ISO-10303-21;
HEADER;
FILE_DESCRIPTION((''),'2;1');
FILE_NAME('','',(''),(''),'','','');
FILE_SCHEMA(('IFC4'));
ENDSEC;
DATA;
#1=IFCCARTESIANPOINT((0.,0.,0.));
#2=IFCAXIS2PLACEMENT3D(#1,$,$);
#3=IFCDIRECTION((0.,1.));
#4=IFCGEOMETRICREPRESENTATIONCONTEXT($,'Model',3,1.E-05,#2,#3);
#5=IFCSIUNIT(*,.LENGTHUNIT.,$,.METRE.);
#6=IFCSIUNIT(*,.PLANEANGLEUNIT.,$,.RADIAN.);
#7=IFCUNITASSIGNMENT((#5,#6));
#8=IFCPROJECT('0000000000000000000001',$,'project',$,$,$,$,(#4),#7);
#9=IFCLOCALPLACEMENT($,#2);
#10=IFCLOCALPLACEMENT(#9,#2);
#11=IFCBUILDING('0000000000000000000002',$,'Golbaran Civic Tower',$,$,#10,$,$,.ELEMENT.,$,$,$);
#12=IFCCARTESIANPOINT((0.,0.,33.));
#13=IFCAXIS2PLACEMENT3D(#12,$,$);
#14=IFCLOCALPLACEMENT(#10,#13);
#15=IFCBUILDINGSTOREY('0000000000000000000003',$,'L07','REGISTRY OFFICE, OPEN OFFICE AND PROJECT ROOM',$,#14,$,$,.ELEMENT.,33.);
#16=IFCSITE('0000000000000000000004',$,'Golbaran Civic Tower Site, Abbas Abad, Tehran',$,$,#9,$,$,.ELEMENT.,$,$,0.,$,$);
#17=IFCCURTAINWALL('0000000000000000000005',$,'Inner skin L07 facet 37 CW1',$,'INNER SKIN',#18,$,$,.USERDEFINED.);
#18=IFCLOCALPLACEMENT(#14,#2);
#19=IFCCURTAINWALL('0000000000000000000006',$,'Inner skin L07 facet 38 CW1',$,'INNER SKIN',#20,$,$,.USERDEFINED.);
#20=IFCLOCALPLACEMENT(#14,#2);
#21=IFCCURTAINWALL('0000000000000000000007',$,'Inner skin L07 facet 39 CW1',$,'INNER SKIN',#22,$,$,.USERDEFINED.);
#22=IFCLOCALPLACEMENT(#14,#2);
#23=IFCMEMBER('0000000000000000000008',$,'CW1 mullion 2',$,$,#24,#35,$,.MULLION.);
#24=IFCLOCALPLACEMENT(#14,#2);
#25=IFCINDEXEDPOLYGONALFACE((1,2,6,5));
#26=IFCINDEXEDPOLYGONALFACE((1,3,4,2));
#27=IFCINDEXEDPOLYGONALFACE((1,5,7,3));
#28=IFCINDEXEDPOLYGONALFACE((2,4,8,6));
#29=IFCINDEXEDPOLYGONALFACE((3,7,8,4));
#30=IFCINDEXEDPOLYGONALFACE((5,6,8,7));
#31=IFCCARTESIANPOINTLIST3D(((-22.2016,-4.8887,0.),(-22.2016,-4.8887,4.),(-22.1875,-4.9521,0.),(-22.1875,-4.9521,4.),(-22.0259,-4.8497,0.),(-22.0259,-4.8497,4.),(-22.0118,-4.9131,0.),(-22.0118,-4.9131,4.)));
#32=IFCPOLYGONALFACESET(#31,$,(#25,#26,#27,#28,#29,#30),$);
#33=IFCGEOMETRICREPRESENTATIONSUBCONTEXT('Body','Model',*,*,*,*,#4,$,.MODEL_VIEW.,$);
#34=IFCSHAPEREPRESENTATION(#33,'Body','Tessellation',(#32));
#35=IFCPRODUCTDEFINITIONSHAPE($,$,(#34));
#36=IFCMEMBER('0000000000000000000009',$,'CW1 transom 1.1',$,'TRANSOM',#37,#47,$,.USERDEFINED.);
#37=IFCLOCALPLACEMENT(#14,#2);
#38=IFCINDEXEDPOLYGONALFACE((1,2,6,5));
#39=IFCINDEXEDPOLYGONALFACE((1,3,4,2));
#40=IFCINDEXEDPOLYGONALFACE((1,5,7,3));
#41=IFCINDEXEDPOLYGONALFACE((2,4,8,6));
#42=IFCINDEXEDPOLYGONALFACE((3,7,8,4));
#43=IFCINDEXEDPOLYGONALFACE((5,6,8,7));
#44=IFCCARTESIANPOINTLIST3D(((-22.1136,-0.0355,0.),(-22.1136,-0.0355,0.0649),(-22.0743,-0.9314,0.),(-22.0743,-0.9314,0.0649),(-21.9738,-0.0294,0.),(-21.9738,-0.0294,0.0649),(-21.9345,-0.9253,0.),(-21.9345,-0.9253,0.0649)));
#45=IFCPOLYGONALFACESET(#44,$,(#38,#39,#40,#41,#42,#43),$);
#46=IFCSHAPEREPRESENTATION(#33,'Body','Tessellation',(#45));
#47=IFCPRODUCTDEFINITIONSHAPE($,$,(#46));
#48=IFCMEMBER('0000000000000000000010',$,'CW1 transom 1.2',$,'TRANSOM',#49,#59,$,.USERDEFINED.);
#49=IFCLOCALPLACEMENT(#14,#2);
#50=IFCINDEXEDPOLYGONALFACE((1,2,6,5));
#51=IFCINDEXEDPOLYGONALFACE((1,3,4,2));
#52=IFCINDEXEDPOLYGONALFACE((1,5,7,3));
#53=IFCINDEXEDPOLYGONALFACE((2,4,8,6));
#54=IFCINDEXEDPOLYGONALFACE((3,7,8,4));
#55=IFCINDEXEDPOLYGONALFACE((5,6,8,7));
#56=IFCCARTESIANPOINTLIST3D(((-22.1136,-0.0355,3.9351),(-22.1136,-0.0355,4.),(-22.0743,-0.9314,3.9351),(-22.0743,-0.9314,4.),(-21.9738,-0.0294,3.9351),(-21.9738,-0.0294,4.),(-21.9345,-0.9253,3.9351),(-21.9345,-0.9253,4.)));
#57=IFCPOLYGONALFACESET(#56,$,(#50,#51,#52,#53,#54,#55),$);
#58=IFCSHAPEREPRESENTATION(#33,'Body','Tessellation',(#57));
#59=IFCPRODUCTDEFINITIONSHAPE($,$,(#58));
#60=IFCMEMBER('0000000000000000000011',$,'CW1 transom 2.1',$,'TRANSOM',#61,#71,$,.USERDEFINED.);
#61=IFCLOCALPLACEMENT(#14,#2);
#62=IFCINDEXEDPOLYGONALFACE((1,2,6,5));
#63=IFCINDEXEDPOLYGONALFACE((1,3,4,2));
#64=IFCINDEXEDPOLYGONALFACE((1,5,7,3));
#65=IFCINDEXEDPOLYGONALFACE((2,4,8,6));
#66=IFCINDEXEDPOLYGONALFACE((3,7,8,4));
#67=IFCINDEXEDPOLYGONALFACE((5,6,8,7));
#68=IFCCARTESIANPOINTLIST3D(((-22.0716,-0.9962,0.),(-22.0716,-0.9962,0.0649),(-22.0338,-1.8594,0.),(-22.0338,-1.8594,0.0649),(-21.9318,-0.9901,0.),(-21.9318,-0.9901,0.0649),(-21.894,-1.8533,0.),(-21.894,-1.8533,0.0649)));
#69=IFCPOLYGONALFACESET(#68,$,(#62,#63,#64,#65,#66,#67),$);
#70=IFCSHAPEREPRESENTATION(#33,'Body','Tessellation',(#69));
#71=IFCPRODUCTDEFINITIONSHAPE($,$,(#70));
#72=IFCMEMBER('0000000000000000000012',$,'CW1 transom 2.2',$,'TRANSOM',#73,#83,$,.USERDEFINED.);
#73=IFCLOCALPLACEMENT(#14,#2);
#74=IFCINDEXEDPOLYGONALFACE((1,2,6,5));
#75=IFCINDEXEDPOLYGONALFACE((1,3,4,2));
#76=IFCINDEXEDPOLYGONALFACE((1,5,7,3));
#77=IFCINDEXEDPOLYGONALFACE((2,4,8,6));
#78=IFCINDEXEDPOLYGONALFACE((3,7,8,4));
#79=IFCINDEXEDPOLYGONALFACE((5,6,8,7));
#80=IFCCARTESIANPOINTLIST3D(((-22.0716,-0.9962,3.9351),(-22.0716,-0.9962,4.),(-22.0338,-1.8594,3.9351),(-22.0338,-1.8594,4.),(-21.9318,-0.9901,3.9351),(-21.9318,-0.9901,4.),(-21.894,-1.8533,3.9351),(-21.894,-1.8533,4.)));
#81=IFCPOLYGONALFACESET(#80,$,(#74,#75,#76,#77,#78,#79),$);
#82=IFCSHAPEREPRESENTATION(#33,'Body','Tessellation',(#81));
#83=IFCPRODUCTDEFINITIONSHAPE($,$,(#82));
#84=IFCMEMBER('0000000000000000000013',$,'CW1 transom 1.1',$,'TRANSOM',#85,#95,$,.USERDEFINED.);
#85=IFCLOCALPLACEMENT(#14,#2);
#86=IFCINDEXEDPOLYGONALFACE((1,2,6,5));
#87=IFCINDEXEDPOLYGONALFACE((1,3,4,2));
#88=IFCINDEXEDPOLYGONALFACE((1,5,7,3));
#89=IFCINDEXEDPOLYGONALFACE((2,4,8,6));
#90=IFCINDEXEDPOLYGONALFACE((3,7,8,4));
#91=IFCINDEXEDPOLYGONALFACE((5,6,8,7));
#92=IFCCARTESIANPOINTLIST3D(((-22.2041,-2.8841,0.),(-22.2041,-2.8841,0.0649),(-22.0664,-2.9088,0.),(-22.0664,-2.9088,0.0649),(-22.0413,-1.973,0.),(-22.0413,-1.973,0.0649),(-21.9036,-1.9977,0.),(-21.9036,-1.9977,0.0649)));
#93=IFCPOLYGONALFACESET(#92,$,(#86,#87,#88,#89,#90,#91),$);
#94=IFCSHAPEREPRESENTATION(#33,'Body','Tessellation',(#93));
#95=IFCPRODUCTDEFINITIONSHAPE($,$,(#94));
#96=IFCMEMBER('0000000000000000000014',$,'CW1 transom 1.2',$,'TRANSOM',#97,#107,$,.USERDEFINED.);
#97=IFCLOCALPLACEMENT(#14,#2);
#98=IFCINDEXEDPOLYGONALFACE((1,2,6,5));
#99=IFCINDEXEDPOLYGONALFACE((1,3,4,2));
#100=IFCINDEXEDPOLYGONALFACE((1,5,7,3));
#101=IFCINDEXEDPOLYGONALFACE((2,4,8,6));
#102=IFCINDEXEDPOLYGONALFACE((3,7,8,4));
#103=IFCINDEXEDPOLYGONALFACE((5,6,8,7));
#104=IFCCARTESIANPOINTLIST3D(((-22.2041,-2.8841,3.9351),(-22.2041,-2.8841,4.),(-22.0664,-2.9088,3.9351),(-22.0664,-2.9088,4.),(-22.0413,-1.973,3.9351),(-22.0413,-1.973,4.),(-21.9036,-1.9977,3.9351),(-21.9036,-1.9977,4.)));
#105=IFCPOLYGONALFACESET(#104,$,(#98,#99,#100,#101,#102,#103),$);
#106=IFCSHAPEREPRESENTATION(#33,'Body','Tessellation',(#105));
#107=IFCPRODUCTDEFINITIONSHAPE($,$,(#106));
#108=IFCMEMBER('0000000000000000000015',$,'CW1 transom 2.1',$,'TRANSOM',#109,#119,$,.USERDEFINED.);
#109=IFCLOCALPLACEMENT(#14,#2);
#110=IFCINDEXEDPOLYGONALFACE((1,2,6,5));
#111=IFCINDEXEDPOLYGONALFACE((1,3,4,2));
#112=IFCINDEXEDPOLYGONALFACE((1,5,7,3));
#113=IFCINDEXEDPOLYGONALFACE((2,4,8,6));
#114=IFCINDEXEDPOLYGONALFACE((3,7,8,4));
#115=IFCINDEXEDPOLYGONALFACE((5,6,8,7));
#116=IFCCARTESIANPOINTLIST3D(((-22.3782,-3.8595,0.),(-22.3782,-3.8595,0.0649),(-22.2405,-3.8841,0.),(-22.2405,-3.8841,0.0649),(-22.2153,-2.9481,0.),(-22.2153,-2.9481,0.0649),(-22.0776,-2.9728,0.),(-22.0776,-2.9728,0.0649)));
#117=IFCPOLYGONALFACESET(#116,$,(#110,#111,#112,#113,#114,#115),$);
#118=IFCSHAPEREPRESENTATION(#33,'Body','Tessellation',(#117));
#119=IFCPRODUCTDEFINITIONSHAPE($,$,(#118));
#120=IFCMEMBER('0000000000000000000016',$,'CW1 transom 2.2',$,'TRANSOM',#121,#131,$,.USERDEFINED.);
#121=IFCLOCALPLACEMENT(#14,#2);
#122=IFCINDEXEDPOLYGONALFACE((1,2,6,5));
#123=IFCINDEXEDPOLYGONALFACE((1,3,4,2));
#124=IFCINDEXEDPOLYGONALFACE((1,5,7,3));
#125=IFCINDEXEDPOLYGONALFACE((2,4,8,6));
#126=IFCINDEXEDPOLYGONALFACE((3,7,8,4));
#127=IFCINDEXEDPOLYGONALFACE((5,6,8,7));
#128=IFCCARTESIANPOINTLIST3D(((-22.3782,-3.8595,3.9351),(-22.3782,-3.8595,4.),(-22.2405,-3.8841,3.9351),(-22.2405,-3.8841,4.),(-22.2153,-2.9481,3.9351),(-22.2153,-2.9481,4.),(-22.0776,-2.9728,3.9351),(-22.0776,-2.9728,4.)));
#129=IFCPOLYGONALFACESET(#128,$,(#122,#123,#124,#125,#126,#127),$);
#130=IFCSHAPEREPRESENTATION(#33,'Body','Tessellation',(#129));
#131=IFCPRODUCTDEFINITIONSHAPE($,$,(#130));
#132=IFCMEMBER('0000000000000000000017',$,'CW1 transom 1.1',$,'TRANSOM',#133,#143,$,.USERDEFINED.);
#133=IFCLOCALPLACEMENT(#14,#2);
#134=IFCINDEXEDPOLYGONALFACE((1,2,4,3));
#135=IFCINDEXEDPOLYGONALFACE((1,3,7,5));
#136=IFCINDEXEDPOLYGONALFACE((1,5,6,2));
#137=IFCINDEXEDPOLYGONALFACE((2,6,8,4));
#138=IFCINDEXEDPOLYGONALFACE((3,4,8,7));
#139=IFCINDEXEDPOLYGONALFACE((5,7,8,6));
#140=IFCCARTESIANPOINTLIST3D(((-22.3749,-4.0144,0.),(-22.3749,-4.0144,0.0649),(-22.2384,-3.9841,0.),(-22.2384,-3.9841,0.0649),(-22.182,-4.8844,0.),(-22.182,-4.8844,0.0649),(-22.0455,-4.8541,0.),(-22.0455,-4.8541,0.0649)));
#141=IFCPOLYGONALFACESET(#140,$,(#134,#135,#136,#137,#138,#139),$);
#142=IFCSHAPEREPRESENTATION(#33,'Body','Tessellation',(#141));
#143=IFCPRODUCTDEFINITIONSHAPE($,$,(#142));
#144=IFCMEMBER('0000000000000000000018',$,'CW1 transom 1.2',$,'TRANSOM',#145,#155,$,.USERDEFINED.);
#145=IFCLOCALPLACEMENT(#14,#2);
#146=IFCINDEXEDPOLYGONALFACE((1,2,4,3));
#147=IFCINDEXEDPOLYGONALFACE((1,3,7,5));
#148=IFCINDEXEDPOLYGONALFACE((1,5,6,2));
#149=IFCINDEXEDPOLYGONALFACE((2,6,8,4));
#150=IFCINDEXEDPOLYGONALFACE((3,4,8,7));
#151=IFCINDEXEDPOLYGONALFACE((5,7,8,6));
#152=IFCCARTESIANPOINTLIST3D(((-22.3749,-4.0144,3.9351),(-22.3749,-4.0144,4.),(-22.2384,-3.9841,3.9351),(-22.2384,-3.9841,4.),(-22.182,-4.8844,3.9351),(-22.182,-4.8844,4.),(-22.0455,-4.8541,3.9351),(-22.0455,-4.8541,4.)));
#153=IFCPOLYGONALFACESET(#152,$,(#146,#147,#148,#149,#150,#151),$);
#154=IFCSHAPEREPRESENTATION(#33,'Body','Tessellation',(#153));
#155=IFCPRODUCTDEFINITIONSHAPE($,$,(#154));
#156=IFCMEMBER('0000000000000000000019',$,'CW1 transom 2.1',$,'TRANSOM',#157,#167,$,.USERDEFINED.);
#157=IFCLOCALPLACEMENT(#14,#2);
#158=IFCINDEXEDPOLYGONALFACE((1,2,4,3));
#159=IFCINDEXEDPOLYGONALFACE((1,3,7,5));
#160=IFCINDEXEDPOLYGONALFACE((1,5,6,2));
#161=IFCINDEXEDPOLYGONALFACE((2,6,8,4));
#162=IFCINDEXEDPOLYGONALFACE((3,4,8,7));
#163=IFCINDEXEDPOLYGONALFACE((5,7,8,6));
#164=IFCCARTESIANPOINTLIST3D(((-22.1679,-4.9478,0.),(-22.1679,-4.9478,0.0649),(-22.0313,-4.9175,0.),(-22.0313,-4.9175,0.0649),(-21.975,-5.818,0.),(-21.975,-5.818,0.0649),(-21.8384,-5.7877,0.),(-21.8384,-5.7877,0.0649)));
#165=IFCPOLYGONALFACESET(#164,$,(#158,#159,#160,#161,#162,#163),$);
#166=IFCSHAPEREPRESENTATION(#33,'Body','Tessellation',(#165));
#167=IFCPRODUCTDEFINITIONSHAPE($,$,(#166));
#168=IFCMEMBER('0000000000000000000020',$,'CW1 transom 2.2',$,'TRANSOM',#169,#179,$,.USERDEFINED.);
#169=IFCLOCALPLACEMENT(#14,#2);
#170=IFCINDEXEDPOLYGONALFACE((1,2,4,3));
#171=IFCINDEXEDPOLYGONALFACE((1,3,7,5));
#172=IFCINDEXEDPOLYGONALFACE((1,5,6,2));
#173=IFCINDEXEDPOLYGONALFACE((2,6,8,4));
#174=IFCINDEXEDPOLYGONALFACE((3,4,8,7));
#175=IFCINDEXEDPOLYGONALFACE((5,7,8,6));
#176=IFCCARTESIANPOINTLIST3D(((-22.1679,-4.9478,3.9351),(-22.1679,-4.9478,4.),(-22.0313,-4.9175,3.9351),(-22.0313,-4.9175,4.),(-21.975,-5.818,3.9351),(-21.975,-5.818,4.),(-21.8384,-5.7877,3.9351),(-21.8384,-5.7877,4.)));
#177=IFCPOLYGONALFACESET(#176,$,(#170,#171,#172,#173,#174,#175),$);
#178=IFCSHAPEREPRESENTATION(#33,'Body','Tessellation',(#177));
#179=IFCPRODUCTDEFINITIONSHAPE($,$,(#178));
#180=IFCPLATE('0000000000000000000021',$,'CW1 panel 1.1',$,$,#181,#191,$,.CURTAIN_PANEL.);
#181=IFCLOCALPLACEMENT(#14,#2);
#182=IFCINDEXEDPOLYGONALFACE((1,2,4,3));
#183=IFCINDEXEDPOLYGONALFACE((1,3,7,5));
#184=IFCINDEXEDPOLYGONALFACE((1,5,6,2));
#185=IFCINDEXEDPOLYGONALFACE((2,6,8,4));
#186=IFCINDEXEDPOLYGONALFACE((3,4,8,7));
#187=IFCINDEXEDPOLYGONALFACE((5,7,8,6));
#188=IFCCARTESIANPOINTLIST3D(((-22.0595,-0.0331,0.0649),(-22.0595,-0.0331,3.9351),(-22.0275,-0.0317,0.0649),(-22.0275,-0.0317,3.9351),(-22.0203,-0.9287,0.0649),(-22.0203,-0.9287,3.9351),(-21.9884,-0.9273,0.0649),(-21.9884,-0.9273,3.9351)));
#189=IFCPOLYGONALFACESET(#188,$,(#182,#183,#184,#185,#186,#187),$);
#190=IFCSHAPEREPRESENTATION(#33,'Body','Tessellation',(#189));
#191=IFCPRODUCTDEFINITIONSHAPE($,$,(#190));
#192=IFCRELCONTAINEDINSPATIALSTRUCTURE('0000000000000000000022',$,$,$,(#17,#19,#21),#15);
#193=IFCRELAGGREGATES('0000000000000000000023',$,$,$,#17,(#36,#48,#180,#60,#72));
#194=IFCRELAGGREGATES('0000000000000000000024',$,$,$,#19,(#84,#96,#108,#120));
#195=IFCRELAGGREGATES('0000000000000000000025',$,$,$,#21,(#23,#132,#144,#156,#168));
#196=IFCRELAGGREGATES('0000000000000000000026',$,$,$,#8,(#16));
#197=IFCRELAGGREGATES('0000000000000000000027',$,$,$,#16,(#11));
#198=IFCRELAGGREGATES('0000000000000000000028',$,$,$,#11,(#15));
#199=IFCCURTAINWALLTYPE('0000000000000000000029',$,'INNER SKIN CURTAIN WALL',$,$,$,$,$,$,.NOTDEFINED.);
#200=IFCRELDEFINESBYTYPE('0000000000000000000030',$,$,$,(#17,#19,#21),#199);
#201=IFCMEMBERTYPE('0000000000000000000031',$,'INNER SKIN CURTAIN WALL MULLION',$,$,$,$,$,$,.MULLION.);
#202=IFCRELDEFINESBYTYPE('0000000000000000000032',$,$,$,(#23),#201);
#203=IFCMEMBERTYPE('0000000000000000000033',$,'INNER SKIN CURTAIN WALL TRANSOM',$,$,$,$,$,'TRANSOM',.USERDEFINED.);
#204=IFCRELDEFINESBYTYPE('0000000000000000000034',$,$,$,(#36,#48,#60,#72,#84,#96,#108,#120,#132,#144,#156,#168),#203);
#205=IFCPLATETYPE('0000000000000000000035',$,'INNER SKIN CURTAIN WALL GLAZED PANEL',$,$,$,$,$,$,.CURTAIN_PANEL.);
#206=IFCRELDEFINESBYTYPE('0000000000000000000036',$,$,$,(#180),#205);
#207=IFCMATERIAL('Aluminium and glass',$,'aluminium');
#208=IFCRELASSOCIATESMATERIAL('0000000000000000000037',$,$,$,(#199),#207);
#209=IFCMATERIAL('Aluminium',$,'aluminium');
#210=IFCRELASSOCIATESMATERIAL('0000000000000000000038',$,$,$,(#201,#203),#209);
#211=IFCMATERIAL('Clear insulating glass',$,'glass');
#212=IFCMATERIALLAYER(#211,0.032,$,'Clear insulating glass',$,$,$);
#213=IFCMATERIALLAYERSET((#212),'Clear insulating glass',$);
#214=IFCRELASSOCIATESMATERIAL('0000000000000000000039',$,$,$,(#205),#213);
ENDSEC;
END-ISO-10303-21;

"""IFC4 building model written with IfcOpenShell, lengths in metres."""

from ifc_helpers import new_model, si_unit, direction, frame, origin, origin_2d, place, context, subcontext, project, spatial, rectangle, extrude, material, layer, layer_set, material_profile, profile_set, type_object, element, aggregate, save


model = new_model("IFC4")

# Units and contexts
model_context = context("Model", 3, precision=1e-05, world=origin(), true_north=direction((0.0, 1.0)))
body_context = subcontext(model_context, "Body", "Model", "MODEL_VIEW")
ifc_project = project(units=[si_unit("LENGTHUNIT", "METRE"), si_unit("PLANEANGLEUNIT", "RADIAN")], contexts=[model_context])

# Site, building, storey
site_placement = place(None, origin())
site = spatial("IfcSite", under=ifc_project, at=site_placement, Name="Golbaran Civic Tower Site, Abbas Abad, Tehran", CompositionType="ELEMENT", RefElevation=0.0)
building_placement = place(site_placement, origin())
building = spatial("IfcBuilding", under=site, at=building_placement, Name="Golbaran Civic Tower", CompositionType="ELEMENT")
storey_placement = place(building_placement, frame((0.0, 0.0, 33.0)))
storey = spatial("IfcBuildingStorey", under=building, at=storey_placement, Name="L07", Description="REGISTRY OFFICE, OPEN OFFICE AND PROJECT ROOM", CompositionType="ELEMENT", Elevation=33.0)

# Shared definitions
ifc_material_1 = material(Name="Aluminium and glass", Category="aluminium")
curtain_wall_type = type_object("IfcCurtainWallType", Name="INNER SKIN CURTAIN WALL", PredefinedType="NOTDEFINED", material=ifc_material_1)
ifc_material_2 = material(Name="Aluminium", Category="aluminium")
ifc_material_profile_1 = material_profile(ifc_material_2, rectangle(XDim=0.1799, YDim=0.0649, at=origin_2d()), Name="INNER SKIN CURTAIN WALL MULLION")
ifc_profile_set_1 = profile_set([ifc_material_profile_1], Name="Aluminium")
member_type_1 = type_object("IfcMemberType", Name="INNER SKIN CURTAIN WALL MULLION", PredefinedType="MULLION", material=ifc_profile_set_1)

# Curtain walls, member
curtain_wall_1_placement = place(storey_placement, origin())
curtain_wall_1 = element("IfcCurtainWall", 1, at=curtain_wall_1_placement, inside=storey, type_object=curtain_wall_type, Name="Inner skin L07 facet 37 CW1", ObjectType="INNER SKIN", PredefinedType="USERDEFINED")
curtain_wall_2_placement = place(storey_placement, origin())
curtain_wall_2 = element("IfcCurtainWall", 2, at=curtain_wall_2_placement, inside=storey, type_object=curtain_wall_type, Name="Inner skin L07 facet 38 CW1", ObjectType="INNER SKIN", PredefinedType="USERDEFINED")
curtain_wall_3_placement = place(storey_placement, origin())
curtain_wall_3 = element("IfcCurtainWall", 3, at=curtain_wall_3_placement, inside=storey, type_object=curtain_wall_type, Name="Inner skin L07 facet 39 CW1", ObjectType="INNER SKIN", PredefinedType="USERDEFINED")
member_1_placement = place(storey_placement, frame((-22.1067, -4.9009, 0.0), z_axis=(0.0, 0.0, 1.0), x_axis=(0.976296, 0.21644, 0.0)))
member_1 = element("IfcMember", 4, at=member_1_placement, type_object=member_type_1, Name="CW1 mullion 2", PredefinedType="MULLION", context=body_context, shape_type="SweptSolid", body=[
    extrude(rectangle(XDim=0.1799, YDim=0.0649, at=origin_2d()), origin(), (0.0, 0.0, 1.0), 4.0),
])

# Members
ifc_material_profile_2 = material_profile(ifc_material_2, rectangle(XDim=0.1399, YDim=0.0649, at=origin_2d()), Name="INNER SKIN CURTAIN WALL TRANSOM")
ifc_profile_set_2 = profile_set([ifc_material_profile_2], Name="Aluminium")
member_type_2 = type_object("IfcMemberType", Name="INNER SKIN CURTAIN WALL TRANSOM", ElementType="TRANSOM", PredefinedType="USERDEFINED", material=ifc_profile_set_2)
member_2_placement = place(storey_placement, frame((-22.0437, -0.0325, 0.0325), z_axis=(0.043839, -0.999039, 0.0), x_axis=(0.999039, 0.043839, 0.0)))
member_2 = element("IfcMember", 5, at=member_2_placement, type_object=member_type_2, Name="CW1 transom 1.1", ObjectType="TRANSOM", PredefinedType="USERDEFINED", context=body_context, shape_type="SweptSolid", body=[
    extrude(rectangle(XDim=0.1399, YDim=0.0649, at=origin_2d()), origin(), (0.0, 0.0, 1.0), 0.8967),
])
member_3_placement = place(storey_placement, frame((-22.0437, -0.0325, 3.9675), z_axis=(0.043839, -0.999039, 0.0), x_axis=(0.999039, 0.043839, 0.0)))
member_3 = element("IfcMember", 6, at=member_3_placement, type_object=member_type_2, Name="CW1 transom 1.2", ObjectType="TRANSOM", PredefinedType="USERDEFINED", context=body_context, shape_type="SweptSolid", body=[
    extrude(rectangle(XDim=0.1399, YDim=0.0649, at=origin_2d()), origin(), (0.0, 0.0, 1.0), 0.8967),
])
member_4_placement = place(storey_placement, frame((-22.0017, -0.9932, 0.0325), z_axis=(0.043793, -0.999041, 0.0), x_axis=(0.999041, 0.043793, 0.0)))
member_4 = element("IfcMember", 7, at=member_4_placement, type_object=member_type_2, Name="CW1 transom 2.1", ObjectType="TRANSOM", PredefinedType="USERDEFINED", context=body_context, shape_type="SweptSolid", body=[
    extrude(rectangle(XDim=0.1399, YDim=0.0649, at=origin_2d()), origin(), (0.0, 0.0, 1.0), 0.864),
])
member_5_placement = place(storey_placement, frame((-22.0017, -0.9932, 3.9675), z_axis=(0.043793, -0.999041, 0.0), x_axis=(0.999041, 0.043793, 0.0)))
member_5 = element("IfcMember", 8, at=member_5_placement, type_object=member_type_2, Name="CW1 transom 2.2", ObjectType="TRANSOM", PredefinedType="USERDEFINED", context=body_context, shape_type="SweptSolid", body=[
    extrude(rectangle(XDim=0.1399, YDim=0.0649, at=origin_2d()), origin(), (0.0, 0.0, 1.0), 0.864),
])
member_6_placement = place(storey_placement, frame((-21.9724, -1.9854, 0.0325), z_axis=(-0.175937, -0.984401, 0.0), x_axis=(0.984401, -0.175937, 0.0)))
member_6 = element("IfcMember", 9, at=member_6_placement, type_object=member_type_2, Name="CW1 transom 1.1", ObjectType="TRANSOM", PredefinedType="USERDEFINED", context=body_context, shape_type="SweptSolid", body=[
    extrude(rectangle(XDim=0.1399, YDim=0.0649, at=origin_2d()), origin(), (0.0, 0.0, 1.0), 0.9255),
])
member_7_placement = place(storey_placement, frame((-21.9724, -1.9854, 3.9675), z_axis=(-0.175937, -0.984401, 0.0), x_axis=(0.984401, -0.175937, 0.0)))
member_7 = element("IfcMember", 10, at=member_7_placement, type_object=member_type_2, Name="CW1 transom 1.2", ObjectType="TRANSOM", PredefinedType="USERDEFINED", context=body_context, shape_type="SweptSolid", body=[
    extrude(rectangle(XDim=0.1399, YDim=0.0649, at=origin_2d()), origin(), (0.0, 0.0, 1.0), 0.9255),
])
member_8_placement = place(storey_placement, frame((-22.1465, -2.9604, 0.0325), z_axis=(-0.175891, -0.98441, 0.0), x_axis=(0.98441, -0.175891, 0.0)))
member_8 = element("IfcMember", 11, at=member_8_placement, type_object=member_type_2, Name="CW1 transom 2.1", ObjectType="TRANSOM", PredefinedType="USERDEFINED", context=body_context, shape_type="SweptSolid", body=[
    extrude(rectangle(XDim=0.1399, YDim=0.0649, at=origin_2d()), origin(), (0.0, 0.0, 1.0), 0.9258),
])
member_9_placement = place(storey_placement, frame((-22.1465, -2.9604, 3.9675), z_axis=(-0.175891, -0.98441, 0.0), x_axis=(0.98441, -0.175891, 0.0)))
member_9 = element("IfcMember", 12, at=member_9_placement, type_object=member_type_2, Name="CW1 transom 2.2", ObjectType="TRANSOM", PredefinedType="USERDEFINED", context=body_context, shape_type="SweptSolid", body=[
    extrude(rectangle(XDim=0.1399, YDim=0.0649, at=origin_2d()), origin(), (0.0, 0.0, 1.0), 0.9258),
])
member_10_placement = place(storey_placement, frame((-22.3066, -3.9993, 0.0325), z_axis=(0.216466, -0.97629, 0.0), x_axis=(0.97629, 0.216466, 0.0)))
member_10 = element("IfcMember", 13, at=member_10_placement, type_object=member_type_2, Name="CW1 transom 1.1", ObjectType="TRANSOM", PredefinedType="USERDEFINED", context=body_context, shape_type="SweptSolid", body=[
    extrude(rectangle(XDim=0.1399, YDim=0.0649, at=origin_2d()), origin(), (0.0, 0.0, 1.0), 0.8911),
])
member_11_placement = place(storey_placement, frame((-22.3066, -3.9993, 3.9675), z_axis=(0.216466, -0.97629, 0.0), x_axis=(0.97629, 0.216466, 0.0)))
member_11 = element("IfcMember", 14, at=member_11_placement, type_object=member_type_2, Name="CW1 transom 1.2", ObjectType="TRANSOM", PredefinedType="USERDEFINED", context=body_context, shape_type="SweptSolid", body=[
    extrude(rectangle(XDim=0.1399, YDim=0.0649, at=origin_2d()), origin(), (0.0, 0.0, 1.0), 0.8911),
])
member_12_placement = place(storey_placement, frame((-22.0996, -4.9326, 0.0325), z_axis=(0.216408, -0.976303, 0.0), x_axis=(0.976303, 0.216408, 0.0)))
member_12 = element("IfcMember", 15, at=member_12_placement, type_object=member_type_2, Name="CW1 transom 2.1", ObjectType="TRANSOM", PredefinedType="USERDEFINED", context=body_context, shape_type="SweptSolid", body=[
    extrude(rectangle(XDim=0.1399, YDim=0.0649, at=origin_2d()), origin(), (0.0, 0.0, 1.0), 0.8914),
])
member_13_placement = place(storey_placement, frame((-22.0996, -4.9326, 3.9675), z_axis=(0.216408, -0.976303, 0.0), x_axis=(0.976303, 0.216408, 0.0)))
member_13 = element("IfcMember", 16, at=member_13_placement, type_object=member_type_2, Name="CW1 transom 2.2", ObjectType="TRANSOM", PredefinedType="USERDEFINED", context=body_context, shape_type="SweptSolid", body=[
    extrude(rectangle(XDim=0.1399, YDim=0.0649, at=origin_2d()), origin(), (0.0, 0.0, 1.0), 0.8914),
])

# Plate
ifc_material_3 = material(Name="Clear insulating glass", Category="glass")
ifc_layer_1 = layer(ifc_material_3, 0.032, Name="Clear insulating glass")
ifc_layer_set_1 = layer_set([ifc_layer_1], Name="Clear insulating glass")
plate_type_1 = type_object("IfcPlateType", Name="INNER SKIN CURTAIN WALL GLAZED PANEL", PredefinedType="CURTAIN_PANEL", material=ifc_layer_set_1)
plate_1_placement = place(storey_placement, frame((-22.0239, -0.4802, 0.0649), z_axis=(0.0, 0.0, 1.0), x_axis=(0.043619, -0.999048, 0.0)))
plate_1 = element("IfcPlate", 17, at=plate_1_placement, type_object=plate_type_1, Name="CW1 panel 1.1", PredefinedType="CURTAIN_PANEL", context=body_context, shape_type="SweptSolid", body=[
    extrude(rectangle(XDim=0.8965, YDim=0.032, at=origin_2d()), origin(), (0.0, 0.0, 1.0), 3.8701),
])
aggregate(curtain_wall_1, [member_2, member_3, plate_1, member_4, member_5])
aggregate(curtain_wall_2, [member_6, member_7, member_8, member_9])
aggregate(curtain_wall_3, [member_1, member_10, member_11, member_12, member_13])

save(model, "model.ifc")
